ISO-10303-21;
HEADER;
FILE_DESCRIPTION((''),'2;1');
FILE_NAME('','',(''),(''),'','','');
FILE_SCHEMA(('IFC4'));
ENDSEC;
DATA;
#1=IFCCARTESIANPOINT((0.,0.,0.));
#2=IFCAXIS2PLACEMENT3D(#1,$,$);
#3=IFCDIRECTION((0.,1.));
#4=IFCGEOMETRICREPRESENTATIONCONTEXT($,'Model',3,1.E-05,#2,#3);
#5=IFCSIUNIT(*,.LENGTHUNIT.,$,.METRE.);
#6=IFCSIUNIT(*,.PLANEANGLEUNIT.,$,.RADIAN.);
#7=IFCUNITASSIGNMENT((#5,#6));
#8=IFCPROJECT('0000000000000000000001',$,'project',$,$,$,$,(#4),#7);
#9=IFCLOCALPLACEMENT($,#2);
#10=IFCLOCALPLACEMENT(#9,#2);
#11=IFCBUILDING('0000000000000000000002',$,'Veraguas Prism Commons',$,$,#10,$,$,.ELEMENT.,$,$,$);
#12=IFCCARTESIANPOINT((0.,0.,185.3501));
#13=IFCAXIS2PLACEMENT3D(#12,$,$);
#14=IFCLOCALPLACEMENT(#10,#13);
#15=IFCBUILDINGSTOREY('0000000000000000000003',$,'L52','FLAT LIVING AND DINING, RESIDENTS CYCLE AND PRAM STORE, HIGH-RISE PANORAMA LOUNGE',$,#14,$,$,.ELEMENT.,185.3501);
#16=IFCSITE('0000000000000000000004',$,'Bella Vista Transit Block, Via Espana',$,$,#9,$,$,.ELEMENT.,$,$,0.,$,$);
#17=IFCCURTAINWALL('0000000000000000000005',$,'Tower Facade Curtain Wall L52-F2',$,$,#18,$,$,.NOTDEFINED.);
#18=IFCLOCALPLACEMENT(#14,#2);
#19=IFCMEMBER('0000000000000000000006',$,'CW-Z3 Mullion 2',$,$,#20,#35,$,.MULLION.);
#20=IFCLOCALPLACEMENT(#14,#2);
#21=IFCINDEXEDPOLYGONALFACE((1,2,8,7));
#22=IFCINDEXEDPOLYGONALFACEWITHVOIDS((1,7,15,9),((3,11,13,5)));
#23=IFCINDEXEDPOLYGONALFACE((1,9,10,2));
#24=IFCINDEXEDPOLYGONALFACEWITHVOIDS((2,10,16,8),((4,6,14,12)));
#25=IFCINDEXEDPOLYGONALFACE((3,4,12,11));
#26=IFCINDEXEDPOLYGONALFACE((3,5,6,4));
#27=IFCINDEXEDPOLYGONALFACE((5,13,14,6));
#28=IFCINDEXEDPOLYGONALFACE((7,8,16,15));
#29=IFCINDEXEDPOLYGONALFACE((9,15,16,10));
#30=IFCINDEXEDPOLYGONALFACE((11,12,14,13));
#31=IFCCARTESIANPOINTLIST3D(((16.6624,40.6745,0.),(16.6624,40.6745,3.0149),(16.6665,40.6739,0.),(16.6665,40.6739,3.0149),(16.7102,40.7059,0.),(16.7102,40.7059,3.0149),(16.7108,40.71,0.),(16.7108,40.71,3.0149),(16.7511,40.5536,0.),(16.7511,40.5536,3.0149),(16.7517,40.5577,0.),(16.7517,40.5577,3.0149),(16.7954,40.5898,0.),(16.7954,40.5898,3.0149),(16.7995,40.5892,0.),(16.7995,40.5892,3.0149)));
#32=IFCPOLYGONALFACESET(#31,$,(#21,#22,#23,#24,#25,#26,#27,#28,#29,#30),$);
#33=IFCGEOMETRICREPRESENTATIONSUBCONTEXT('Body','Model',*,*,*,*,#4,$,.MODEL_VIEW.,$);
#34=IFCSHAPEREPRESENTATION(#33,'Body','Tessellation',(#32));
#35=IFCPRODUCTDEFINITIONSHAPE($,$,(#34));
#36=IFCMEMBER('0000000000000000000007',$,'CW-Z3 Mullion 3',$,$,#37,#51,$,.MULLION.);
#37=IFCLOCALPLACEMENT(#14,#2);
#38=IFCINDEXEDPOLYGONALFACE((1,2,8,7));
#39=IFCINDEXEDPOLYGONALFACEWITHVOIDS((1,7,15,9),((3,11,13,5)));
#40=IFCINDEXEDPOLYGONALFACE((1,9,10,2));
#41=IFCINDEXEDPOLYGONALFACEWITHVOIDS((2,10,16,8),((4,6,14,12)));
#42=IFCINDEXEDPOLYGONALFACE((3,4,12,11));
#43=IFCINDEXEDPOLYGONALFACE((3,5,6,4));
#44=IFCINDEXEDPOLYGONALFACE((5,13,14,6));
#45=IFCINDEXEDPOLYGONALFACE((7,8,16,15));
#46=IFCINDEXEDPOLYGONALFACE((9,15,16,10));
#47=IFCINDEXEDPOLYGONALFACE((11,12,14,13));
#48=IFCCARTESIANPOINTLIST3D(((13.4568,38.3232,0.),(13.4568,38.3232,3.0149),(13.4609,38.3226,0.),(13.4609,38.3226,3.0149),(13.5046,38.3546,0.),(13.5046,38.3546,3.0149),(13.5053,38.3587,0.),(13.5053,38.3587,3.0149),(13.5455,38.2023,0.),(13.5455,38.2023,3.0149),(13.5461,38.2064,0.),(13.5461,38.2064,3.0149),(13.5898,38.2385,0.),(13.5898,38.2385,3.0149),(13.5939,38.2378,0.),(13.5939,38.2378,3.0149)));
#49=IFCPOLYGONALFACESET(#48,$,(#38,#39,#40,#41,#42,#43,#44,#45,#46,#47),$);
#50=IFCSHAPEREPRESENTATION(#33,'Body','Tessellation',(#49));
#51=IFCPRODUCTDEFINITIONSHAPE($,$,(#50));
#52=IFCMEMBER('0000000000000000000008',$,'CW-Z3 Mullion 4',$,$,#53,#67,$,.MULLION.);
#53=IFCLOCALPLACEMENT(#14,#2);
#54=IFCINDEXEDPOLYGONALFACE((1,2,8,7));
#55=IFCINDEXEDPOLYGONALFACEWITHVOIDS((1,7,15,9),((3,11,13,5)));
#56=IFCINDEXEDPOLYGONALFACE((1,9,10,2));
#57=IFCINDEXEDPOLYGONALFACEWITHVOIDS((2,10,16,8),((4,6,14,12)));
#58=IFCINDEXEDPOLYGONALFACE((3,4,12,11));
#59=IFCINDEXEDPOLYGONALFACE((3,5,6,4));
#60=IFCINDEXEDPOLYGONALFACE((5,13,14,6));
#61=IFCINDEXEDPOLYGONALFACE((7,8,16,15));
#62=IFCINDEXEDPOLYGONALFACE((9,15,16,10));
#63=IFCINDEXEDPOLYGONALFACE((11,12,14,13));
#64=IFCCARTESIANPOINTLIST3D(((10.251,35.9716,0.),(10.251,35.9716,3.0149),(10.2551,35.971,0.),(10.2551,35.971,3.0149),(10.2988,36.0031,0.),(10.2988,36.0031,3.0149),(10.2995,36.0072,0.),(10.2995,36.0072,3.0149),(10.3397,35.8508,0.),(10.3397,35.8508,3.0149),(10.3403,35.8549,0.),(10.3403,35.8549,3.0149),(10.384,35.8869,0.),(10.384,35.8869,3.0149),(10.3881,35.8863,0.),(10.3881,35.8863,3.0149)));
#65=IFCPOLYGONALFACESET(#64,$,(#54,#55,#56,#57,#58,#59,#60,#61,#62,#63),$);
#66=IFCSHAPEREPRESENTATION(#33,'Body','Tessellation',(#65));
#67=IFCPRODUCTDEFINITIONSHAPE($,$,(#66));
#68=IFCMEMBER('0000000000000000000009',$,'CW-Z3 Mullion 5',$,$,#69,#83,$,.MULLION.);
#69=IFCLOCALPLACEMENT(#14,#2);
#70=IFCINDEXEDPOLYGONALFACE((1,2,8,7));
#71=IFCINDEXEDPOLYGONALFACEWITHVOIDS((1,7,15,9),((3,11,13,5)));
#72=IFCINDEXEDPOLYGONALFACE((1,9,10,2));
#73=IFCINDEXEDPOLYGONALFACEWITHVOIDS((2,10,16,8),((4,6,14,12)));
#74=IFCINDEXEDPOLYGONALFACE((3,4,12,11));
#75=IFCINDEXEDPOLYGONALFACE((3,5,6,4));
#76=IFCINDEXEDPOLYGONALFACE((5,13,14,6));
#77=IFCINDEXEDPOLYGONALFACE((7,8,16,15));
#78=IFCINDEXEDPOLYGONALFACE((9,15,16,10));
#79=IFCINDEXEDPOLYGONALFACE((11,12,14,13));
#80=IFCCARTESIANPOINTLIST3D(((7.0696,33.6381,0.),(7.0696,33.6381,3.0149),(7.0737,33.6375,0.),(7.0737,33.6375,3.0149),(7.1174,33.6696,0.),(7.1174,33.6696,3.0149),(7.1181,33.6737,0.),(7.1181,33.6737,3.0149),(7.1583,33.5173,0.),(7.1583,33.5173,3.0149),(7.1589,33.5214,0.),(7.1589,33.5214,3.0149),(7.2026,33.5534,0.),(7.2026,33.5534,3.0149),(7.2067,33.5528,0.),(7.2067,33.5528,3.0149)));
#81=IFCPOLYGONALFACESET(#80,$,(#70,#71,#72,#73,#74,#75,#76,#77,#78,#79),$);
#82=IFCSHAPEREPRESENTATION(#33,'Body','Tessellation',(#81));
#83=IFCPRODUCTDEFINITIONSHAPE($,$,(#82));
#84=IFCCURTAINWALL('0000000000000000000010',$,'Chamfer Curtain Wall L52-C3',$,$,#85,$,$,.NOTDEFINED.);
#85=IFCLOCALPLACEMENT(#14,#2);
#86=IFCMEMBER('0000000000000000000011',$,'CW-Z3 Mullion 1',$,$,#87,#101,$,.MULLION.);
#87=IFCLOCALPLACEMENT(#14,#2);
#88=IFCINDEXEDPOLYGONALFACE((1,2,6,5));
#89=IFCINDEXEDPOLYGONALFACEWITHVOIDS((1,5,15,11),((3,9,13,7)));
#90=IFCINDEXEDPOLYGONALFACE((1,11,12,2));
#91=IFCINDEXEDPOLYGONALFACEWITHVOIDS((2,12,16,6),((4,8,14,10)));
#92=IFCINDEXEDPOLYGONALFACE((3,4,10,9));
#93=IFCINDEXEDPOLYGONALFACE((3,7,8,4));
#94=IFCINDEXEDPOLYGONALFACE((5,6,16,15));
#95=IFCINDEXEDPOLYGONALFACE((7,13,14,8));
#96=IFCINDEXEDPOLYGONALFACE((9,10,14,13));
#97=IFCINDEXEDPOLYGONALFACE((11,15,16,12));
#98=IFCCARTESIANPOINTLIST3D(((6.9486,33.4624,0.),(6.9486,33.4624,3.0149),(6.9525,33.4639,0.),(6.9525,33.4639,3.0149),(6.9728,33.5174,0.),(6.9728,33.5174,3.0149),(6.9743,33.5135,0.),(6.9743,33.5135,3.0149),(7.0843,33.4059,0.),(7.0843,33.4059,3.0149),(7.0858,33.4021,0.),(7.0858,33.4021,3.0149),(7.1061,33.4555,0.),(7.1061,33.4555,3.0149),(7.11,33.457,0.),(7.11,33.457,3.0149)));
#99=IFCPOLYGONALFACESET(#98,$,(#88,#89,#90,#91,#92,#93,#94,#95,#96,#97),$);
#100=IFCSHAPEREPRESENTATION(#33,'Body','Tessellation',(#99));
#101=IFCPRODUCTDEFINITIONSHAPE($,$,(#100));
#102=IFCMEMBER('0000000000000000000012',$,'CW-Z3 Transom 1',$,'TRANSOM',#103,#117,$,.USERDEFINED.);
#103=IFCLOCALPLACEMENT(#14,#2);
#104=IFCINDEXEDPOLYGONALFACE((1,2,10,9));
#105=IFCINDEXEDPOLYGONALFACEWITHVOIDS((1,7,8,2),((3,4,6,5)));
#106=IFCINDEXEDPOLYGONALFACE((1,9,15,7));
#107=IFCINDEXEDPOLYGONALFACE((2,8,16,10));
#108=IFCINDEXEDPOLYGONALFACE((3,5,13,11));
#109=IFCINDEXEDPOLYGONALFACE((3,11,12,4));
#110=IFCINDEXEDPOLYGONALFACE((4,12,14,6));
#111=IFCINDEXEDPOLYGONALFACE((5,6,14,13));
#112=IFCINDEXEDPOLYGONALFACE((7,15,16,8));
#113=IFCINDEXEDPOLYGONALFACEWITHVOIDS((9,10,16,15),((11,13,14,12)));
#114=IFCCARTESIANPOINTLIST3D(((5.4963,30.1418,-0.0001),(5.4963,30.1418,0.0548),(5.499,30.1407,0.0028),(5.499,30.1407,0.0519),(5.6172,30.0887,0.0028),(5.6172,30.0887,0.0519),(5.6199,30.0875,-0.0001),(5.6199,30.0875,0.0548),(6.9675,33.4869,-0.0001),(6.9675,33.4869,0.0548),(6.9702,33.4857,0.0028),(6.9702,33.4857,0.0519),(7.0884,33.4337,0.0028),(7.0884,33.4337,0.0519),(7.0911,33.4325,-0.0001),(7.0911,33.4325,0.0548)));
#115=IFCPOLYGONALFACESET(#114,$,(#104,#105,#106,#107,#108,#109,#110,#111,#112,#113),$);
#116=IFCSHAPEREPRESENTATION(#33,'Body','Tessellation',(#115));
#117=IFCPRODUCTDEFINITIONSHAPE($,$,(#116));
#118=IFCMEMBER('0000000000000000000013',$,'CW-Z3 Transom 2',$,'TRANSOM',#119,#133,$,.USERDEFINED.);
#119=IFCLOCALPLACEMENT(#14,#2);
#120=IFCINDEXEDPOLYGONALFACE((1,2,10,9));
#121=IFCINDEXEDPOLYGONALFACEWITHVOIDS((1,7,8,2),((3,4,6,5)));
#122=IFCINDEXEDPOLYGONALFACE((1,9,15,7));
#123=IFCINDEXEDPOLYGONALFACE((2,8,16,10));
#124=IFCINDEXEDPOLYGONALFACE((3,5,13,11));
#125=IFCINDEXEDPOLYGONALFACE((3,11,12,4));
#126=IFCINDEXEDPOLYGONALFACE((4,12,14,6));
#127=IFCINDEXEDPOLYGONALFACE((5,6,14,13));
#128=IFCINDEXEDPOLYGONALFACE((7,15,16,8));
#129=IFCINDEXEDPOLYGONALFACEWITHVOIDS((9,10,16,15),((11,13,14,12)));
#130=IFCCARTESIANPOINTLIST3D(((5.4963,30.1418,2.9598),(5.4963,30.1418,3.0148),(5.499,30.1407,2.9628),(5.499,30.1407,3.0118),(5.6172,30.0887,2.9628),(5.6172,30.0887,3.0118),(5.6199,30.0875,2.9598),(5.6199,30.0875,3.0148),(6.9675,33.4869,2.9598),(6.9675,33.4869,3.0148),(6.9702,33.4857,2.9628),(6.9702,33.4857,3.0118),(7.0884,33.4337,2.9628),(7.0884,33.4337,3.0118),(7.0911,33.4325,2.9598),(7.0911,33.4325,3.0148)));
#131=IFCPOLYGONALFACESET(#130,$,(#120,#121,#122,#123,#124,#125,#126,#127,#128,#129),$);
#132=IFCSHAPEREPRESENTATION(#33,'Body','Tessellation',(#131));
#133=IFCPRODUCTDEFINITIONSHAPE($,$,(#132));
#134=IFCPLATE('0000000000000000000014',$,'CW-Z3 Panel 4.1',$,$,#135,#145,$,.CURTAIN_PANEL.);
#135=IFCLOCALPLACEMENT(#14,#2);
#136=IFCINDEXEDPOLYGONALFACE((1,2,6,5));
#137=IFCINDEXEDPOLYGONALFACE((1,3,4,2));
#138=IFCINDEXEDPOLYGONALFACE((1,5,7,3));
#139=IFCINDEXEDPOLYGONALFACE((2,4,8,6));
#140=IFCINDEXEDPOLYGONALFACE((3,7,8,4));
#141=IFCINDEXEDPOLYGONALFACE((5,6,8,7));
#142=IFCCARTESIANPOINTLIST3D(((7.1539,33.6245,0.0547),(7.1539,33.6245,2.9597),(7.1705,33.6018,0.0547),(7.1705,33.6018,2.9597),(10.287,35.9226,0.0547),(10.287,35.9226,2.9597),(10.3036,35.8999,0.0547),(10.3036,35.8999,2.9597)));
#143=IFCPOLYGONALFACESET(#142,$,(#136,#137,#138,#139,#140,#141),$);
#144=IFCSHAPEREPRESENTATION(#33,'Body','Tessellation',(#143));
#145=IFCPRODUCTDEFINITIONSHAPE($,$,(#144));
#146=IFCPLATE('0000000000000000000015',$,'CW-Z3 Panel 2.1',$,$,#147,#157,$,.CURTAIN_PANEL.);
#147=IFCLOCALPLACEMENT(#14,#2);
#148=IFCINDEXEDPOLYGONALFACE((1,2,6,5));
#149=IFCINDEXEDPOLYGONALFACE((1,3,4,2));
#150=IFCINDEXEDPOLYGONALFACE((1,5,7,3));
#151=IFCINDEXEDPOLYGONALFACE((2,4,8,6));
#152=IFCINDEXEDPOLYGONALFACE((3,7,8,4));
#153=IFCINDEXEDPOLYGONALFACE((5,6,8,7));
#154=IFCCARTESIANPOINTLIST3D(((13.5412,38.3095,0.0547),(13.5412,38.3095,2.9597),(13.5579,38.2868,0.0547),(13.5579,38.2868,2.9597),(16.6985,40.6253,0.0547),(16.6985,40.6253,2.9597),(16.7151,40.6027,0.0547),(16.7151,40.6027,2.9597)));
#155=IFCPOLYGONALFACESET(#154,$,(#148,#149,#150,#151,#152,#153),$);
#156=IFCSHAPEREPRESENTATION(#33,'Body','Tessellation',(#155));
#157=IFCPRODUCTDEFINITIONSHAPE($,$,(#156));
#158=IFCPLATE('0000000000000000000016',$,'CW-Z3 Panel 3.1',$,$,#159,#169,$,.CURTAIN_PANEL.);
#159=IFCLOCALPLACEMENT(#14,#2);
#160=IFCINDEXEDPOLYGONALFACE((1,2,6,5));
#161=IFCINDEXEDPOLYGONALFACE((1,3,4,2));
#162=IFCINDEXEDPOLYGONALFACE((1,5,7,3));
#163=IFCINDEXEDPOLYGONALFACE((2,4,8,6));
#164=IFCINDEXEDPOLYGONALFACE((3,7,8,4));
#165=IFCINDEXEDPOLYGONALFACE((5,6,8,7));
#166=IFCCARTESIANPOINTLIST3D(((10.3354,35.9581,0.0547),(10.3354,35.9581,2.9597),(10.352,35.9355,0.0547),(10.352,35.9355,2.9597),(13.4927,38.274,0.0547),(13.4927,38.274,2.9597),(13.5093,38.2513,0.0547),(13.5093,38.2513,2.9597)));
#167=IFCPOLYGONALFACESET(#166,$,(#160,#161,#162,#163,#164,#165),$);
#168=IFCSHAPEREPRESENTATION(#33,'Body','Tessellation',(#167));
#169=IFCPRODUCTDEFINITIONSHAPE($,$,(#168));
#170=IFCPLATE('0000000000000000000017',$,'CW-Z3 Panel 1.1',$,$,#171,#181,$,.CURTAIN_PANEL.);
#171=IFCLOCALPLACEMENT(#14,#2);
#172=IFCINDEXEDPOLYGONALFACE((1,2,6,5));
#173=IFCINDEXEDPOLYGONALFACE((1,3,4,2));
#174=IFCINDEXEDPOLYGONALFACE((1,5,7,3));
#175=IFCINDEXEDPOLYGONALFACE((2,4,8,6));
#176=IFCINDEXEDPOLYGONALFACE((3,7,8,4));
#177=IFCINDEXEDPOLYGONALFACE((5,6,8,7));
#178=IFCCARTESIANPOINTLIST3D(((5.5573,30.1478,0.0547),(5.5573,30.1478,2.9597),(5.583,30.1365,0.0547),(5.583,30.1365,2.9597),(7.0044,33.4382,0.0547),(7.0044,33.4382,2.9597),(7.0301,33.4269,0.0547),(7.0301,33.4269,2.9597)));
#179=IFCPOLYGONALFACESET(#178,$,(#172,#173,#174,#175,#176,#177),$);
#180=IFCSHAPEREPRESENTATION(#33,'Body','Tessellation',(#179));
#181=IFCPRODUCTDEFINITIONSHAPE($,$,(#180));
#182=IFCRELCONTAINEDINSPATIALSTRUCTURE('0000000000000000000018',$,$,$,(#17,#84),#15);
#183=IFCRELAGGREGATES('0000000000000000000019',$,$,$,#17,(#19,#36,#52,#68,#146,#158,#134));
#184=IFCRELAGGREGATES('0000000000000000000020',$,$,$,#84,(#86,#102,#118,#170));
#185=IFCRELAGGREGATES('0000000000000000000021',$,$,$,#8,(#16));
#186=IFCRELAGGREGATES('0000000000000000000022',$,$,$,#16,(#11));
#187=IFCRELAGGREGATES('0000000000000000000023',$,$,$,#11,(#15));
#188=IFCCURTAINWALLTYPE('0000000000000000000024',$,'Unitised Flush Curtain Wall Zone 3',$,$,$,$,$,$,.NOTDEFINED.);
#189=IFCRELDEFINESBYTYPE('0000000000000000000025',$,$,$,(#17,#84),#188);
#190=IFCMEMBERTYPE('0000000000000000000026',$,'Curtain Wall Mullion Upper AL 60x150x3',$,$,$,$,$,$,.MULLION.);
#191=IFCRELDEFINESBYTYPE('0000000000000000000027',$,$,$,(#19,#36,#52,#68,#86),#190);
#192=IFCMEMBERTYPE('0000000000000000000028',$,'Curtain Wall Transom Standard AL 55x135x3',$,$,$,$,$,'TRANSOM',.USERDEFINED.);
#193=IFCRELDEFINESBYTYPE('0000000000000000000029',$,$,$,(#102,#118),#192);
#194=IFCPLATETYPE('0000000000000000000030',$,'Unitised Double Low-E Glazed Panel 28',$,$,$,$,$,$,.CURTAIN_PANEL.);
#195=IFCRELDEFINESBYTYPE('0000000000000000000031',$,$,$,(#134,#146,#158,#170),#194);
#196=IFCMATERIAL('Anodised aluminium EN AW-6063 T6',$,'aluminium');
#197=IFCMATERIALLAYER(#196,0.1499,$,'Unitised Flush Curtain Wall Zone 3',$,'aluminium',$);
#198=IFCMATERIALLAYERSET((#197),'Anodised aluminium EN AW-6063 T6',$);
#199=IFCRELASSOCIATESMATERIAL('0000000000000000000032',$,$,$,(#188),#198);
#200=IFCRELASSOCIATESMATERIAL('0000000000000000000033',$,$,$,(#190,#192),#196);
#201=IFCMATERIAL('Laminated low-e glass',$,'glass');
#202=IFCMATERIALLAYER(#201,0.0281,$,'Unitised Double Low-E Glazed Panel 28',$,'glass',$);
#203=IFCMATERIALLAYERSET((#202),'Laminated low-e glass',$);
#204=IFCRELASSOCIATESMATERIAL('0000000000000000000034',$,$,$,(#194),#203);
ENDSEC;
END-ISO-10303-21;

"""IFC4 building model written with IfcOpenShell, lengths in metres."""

from ifc_helpers import new_model, si_unit, direction, frame, origin, origin_2d, place, context, subcontext, project, spatial, rectangle, hollow_rectangle, extrude, source, transform, mapped, material, layer, layer_set, material_profile, profile_set, type_object, element, aggregate, save


model = new_model("IFC4")

# Units and contexts
model_context = context("Model", 3, precision=1e-05, world=origin(), true_north=direction((0.0, 1.0)))
body_context = subcontext(model_context, "Body", "Model", "MODEL_VIEW")
ifc_project = project(units=[si_unit("LENGTHUNIT", "METRE"), si_unit("PLANEANGLEUNIT", "RADIAN")], contexts=[model_context])

# Site, building, storey
site_placement = place(None, origin())
site = spatial("IfcSite", under=ifc_project, at=site_placement, Name="Bella Vista Transit Block, Via Espana", CompositionType="ELEMENT", RefElevation=0.0)
building_placement = place(site_placement, origin())
building = spatial("IfcBuilding", under=site, at=building_placement, Name="Veraguas Prism Commons", CompositionType="ELEMENT")
storey_placement = place(building_placement, frame((0.0, 0.0, 185.3501)))
storey = spatial("IfcBuildingStorey", under=building, at=storey_placement, Name="L52", Description="FLAT LIVING AND DINING, RESIDENTS CYCLE AND PRAM STORE, HIGH-RISE PANORAMA LOUNGE", CompositionType="ELEMENT", Elevation=185.3501)

# Curtain walls, members
ifc_material_1 = material(Name="Anodised aluminium EN AW-6063 T6", Category="aluminium")
ifc_layer_1 = layer(ifc_material_1, 0.1499, Name="Unitised Flush Curtain Wall Zone 3", Category="aluminium")
ifc_layer_set_1 = layer_set([ifc_layer_1], Name="Anodised aluminium EN AW-6063 T6")
curtain_wall_type = type_object("IfcCurtainWallType", Name="Unitised Flush Curtain Wall Zone 3", PredefinedType="NOTDEFINED", material=ifc_layer_set_1)
curtain_wall_1_placement = place(storey_placement, origin())
curtain_wall_1 = element("IfcCurtainWall", 1, at=curtain_wall_1_placement, inside=storey, type_object=curtain_wall_type, Name="Tower Facade Curtain Wall L52-F2", PredefinedType="NOTDEFINED")
ifc_material_profile_1 = material_profile(ifc_material_1, hollow_rectangle(XDim=0.0601, YDim=0.1499, WallThickness=0.0029, at=origin_2d()), Name="AL60X150X3")
ifc_profile_set_1 = profile_set([ifc_material_profile_1], Name="Anodised aluminium EN AW-6063 T6")
member_type_1 = type_object("IfcMemberType", Name="Curtain Wall Mullion Upper AL 60x150x3", PredefinedType="MULLION", material=ifc_profile_set_1)
shared_shape_1 = source(origin(), body_context, "Body", "SweptSolid", [
    extrude(hollow_rectangle(XDim=0.0601, YDim=0.1499, WallThickness=0.0029, at=origin_2d()), origin(), (0.0, 0.0, 1.0), 3.0149),
])
member_1_placement = place(storey_placement, frame((16.731, 40.6318, 0.0), z_axis=(0.0, 0.0, 1.0), x_axis=(-0.806341, -0.59145, 0.0)))
member_1 = element("IfcMember", 2, at=member_1_placement, type_object=member_type_1, Name="CW-Z3 Mullion 2", PredefinedType="MULLION", context=body_context, shape_type="MappedRepresentation", body=[
    mapped(shared_shape_1, transform((0.0, 0.0, 0.0), scale=1.0)),
])
member_2_placement = place(storey_placement, frame((13.5254, 38.2805, 0.0), z_axis=(0.0, 0.0, 1.0), x_axis=(-0.806341, -0.59145, 0.0)))
member_2 = element("IfcMember", 3, at=member_2_placement, type_object=member_type_1, Name="CW-Z3 Mullion 3", PredefinedType="MULLION", context=body_context, shape_type="MappedRepresentation", body=[
    mapped(shared_shape_1, transform((0.0, 0.0, 0.0), scale=1.0)),
])
member_3_placement = place(storey_placement, frame((10.3196, 35.929, 0.0), z_axis=(0.0, 0.0, 1.0), x_axis=(-0.806341, -0.59145, 0.0)))
member_3 = element("IfcMember", 4, at=member_3_placement, type_object=member_type_1, Name="CW-Z3 Mullion 4", PredefinedType="MULLION", context=body_context, shape_type="MappedRepresentation", body=[
    mapped(shared_shape_1, transform((0.0, 0.0, 0.0), scale=1.0)),
])
member_4_placement = place(storey_placement, frame((7.1382, 33.5955, 0.0), z_axis=(0.0, 0.0, 1.0), x_axis=(-0.806341, -0.59145, 0.0)))
member_4 = element("IfcMember", 5, at=member_4_placement, type_object=member_type_1, Name="CW-Z3 Mullion 5", PredefinedType="MULLION", context=body_context, shape_type="MappedRepresentation", body=[
    mapped(shared_shape_1, transform((0.0, 0.0, 0.0), scale=1.0)),
])
curtain_wall_2_placement = place(storey_placement, origin())
curtain_wall_2 = element("IfcCurtainWall", 6, at=curtain_wall_2_placement, inside=storey, type_object=curtain_wall_type, Name="Chamfer Curtain Wall L52-C3", PredefinedType="NOTDEFINED")
member_5_placement = place(storey_placement, frame((7.0293, 33.4597, 0.0), z_axis=(0.0, 0.0, 1.0), x_axis=(-0.402571, -0.915389, 0.0)))
member_5 = element("IfcMember", 7, at=member_5_placement, type_object=member_type_1, Name="CW-Z3 Mullion 1", PredefinedType="MULLION", context=body_context, shape_type="MappedRepresentation", body=[
    mapped(shared_shape_1, transform((0.0, 0.0, 0.0), scale=1.0)),
])
ifc_material_profile_2 = material_profile(ifc_material_1, hollow_rectangle(XDim=0.0549, YDim=0.135, WallThickness=0.0029, at=origin_2d()), Name="AL55X135X3")
ifc_profile_set_2 = profile_set([ifc_material_profile_2], Name="Anodised aluminium EN AW-6063 T6")
member_type_2 = type_object("IfcMemberType", Name="Curtain Wall Transom Standard AL 55x135x3", ElementType="TRANSOM", PredefinedType="USERDEFINED", material=ifc_profile_set_2)
shared_shape_2 = source(origin(), body_context, "Body", "SweptSolid", [
    extrude(hollow_rectangle(XDim=0.0549, YDim=0.135, WallThickness=0.0029, at=origin_2d()), origin(), (0.0, 0.0, 1.0), 3.6543),
])
member_6_placement = place(storey_placement, frame((7.0293, 33.4597, 0.0273), z_axis=(-0.402602, -0.915375, 0.0), x_axis=(0.0, 0.0, 1.0)))
member_6 = element("IfcMember", 8, at=member_6_placement, type_object=member_type_2, Name="CW-Z3 Transom 1", ObjectType="TRANSOM", PredefinedType="USERDEFINED", context=body_context, shape_type="MappedRepresentation", body=[
    mapped(shared_shape_2, transform((0.0, 0.0, 0.0), scale=1.0)),
])
member_7_placement = place(storey_placement, frame((7.0293, 33.4597, 2.9873), z_axis=(-0.402602, -0.915375, 0.0), x_axis=(0.0, 0.0, 1.0)))
member_7 = element("IfcMember", 9, at=member_7_placement, type_object=member_type_2, Name="CW-Z3 Transom 2", ObjectType="TRANSOM", PredefinedType="USERDEFINED", context=body_context, shape_type="MappedRepresentation", body=[
    mapped(shared_shape_2, transform((0.0, 0.0, 0.0), scale=1.0)),
])

# Plates
ifc_material_2 = material(Name="Laminated low-e glass", Category="glass")
ifc_layer_2 = layer(ifc_material_2, 0.0281, Name="Unitised Double Low-E Glazed Panel 28", Category="glass")
ifc_layer_set_2 = layer_set([ifc_layer_2], Name="Laminated low-e glass")
plate_type = type_object("IfcPlateType", Name="Unitised Double Low-E Glazed Panel 28", PredefinedType="CURTAIN_PANEL", material=ifc_layer_set_2)
shared_shape_3 = source(origin(), body_context, "Body", "SweptSolid", [
    extrude(rectangle(XDim=3.8855, YDim=0.0281, at=origin_2d()), origin(), (0.0, 0.0, 1.0), 2.905),
])
plate_1_placement = place(storey_placement, frame((8.7288, 34.7622, 0.0547), z_axis=(0.0, 0.0, 1.0), x_axis=(-0.806341, -0.59145, 0.0)))
plate_1 = element("IfcPlate", 10, at=plate_1_placement, type_object=plate_type, Name="CW-Z3 Panel 4.1", PredefinedType="CURTAIN_PANEL", context=body_context, shape_type="MappedRepresentation", body=[
    mapped(shared_shape_3, transform((0.0, 0.0, 0.0), scale=1.0)),
])
shared_shape_4 = source(origin(), body_context, "Body", "SweptSolid", [
    extrude(rectangle(XDim=3.9155, YDim=0.0281, at=origin_2d()), origin(), (0.0, 0.0, 1.0), 2.905),
])
plate_2_placement = place(storey_placement, frame((15.1282, 39.4561, 0.0547), z_axis=(0.0, 0.0, 1.0), x_axis=(-0.806341, -0.59145, 0.0)))
plate_2 = element("IfcPlate", 11, at=plate_2_placement, type_object=plate_type, Name="CW-Z3 Panel 2.1", PredefinedType="CURTAIN_PANEL", context=body_context, shape_type="MappedRepresentation", body=[
    mapped(shared_shape_4, transform((0.0, 0.0, 0.0), scale=1.0)),
])
plate_3_placement = place(storey_placement, frame((11.9224, 37.1047, 0.0547), z_axis=(0.0, 0.0, 1.0), x_axis=(-0.806341, -0.59145, 0.0)))
plate_3 = element("IfcPlate", 12, at=plate_3_placement, type_object=plate_type, Name="CW-Z3 Panel 3.1", PredefinedType="CURTAIN_PANEL", context=body_context, shape_type="MappedRepresentation", body=[
    mapped(shared_shape_4, transform((0.0, 0.0, 0.0), scale=1.0)),
])
aggregate(curtain_wall_1, [member_1, member_2, member_3, member_4, plate_2, plate_3, plate_1])
shared_shape_5 = source(origin(), body_context, "Body", "SweptSolid", [
    extrude(rectangle(XDim=3.5945, YDim=0.0281, at=origin_2d()), origin(), (0.0, 0.0, 1.0), 2.905),
])
plate_4_placement = place(storey_placement, frame((6.2937, 31.7874, 0.0547), z_axis=(0.0, 0.0, 1.0), x_axis=(-0.402571, -0.915389, 0.0)))
plate_4 = element("IfcPlate", 13, at=plate_4_placement, type_object=plate_type, Name="CW-Z3 Panel 1.1", PredefinedType="CURTAIN_PANEL", context=body_context, shape_type="MappedRepresentation", body=[
    mapped(shared_shape_5, transform((0.0, 0.0, 0.0), scale=1.0)),
])
aggregate(curtain_wall_2, [member_5, member_6, member_7, plate_4])

save(model, "model.ifc")
